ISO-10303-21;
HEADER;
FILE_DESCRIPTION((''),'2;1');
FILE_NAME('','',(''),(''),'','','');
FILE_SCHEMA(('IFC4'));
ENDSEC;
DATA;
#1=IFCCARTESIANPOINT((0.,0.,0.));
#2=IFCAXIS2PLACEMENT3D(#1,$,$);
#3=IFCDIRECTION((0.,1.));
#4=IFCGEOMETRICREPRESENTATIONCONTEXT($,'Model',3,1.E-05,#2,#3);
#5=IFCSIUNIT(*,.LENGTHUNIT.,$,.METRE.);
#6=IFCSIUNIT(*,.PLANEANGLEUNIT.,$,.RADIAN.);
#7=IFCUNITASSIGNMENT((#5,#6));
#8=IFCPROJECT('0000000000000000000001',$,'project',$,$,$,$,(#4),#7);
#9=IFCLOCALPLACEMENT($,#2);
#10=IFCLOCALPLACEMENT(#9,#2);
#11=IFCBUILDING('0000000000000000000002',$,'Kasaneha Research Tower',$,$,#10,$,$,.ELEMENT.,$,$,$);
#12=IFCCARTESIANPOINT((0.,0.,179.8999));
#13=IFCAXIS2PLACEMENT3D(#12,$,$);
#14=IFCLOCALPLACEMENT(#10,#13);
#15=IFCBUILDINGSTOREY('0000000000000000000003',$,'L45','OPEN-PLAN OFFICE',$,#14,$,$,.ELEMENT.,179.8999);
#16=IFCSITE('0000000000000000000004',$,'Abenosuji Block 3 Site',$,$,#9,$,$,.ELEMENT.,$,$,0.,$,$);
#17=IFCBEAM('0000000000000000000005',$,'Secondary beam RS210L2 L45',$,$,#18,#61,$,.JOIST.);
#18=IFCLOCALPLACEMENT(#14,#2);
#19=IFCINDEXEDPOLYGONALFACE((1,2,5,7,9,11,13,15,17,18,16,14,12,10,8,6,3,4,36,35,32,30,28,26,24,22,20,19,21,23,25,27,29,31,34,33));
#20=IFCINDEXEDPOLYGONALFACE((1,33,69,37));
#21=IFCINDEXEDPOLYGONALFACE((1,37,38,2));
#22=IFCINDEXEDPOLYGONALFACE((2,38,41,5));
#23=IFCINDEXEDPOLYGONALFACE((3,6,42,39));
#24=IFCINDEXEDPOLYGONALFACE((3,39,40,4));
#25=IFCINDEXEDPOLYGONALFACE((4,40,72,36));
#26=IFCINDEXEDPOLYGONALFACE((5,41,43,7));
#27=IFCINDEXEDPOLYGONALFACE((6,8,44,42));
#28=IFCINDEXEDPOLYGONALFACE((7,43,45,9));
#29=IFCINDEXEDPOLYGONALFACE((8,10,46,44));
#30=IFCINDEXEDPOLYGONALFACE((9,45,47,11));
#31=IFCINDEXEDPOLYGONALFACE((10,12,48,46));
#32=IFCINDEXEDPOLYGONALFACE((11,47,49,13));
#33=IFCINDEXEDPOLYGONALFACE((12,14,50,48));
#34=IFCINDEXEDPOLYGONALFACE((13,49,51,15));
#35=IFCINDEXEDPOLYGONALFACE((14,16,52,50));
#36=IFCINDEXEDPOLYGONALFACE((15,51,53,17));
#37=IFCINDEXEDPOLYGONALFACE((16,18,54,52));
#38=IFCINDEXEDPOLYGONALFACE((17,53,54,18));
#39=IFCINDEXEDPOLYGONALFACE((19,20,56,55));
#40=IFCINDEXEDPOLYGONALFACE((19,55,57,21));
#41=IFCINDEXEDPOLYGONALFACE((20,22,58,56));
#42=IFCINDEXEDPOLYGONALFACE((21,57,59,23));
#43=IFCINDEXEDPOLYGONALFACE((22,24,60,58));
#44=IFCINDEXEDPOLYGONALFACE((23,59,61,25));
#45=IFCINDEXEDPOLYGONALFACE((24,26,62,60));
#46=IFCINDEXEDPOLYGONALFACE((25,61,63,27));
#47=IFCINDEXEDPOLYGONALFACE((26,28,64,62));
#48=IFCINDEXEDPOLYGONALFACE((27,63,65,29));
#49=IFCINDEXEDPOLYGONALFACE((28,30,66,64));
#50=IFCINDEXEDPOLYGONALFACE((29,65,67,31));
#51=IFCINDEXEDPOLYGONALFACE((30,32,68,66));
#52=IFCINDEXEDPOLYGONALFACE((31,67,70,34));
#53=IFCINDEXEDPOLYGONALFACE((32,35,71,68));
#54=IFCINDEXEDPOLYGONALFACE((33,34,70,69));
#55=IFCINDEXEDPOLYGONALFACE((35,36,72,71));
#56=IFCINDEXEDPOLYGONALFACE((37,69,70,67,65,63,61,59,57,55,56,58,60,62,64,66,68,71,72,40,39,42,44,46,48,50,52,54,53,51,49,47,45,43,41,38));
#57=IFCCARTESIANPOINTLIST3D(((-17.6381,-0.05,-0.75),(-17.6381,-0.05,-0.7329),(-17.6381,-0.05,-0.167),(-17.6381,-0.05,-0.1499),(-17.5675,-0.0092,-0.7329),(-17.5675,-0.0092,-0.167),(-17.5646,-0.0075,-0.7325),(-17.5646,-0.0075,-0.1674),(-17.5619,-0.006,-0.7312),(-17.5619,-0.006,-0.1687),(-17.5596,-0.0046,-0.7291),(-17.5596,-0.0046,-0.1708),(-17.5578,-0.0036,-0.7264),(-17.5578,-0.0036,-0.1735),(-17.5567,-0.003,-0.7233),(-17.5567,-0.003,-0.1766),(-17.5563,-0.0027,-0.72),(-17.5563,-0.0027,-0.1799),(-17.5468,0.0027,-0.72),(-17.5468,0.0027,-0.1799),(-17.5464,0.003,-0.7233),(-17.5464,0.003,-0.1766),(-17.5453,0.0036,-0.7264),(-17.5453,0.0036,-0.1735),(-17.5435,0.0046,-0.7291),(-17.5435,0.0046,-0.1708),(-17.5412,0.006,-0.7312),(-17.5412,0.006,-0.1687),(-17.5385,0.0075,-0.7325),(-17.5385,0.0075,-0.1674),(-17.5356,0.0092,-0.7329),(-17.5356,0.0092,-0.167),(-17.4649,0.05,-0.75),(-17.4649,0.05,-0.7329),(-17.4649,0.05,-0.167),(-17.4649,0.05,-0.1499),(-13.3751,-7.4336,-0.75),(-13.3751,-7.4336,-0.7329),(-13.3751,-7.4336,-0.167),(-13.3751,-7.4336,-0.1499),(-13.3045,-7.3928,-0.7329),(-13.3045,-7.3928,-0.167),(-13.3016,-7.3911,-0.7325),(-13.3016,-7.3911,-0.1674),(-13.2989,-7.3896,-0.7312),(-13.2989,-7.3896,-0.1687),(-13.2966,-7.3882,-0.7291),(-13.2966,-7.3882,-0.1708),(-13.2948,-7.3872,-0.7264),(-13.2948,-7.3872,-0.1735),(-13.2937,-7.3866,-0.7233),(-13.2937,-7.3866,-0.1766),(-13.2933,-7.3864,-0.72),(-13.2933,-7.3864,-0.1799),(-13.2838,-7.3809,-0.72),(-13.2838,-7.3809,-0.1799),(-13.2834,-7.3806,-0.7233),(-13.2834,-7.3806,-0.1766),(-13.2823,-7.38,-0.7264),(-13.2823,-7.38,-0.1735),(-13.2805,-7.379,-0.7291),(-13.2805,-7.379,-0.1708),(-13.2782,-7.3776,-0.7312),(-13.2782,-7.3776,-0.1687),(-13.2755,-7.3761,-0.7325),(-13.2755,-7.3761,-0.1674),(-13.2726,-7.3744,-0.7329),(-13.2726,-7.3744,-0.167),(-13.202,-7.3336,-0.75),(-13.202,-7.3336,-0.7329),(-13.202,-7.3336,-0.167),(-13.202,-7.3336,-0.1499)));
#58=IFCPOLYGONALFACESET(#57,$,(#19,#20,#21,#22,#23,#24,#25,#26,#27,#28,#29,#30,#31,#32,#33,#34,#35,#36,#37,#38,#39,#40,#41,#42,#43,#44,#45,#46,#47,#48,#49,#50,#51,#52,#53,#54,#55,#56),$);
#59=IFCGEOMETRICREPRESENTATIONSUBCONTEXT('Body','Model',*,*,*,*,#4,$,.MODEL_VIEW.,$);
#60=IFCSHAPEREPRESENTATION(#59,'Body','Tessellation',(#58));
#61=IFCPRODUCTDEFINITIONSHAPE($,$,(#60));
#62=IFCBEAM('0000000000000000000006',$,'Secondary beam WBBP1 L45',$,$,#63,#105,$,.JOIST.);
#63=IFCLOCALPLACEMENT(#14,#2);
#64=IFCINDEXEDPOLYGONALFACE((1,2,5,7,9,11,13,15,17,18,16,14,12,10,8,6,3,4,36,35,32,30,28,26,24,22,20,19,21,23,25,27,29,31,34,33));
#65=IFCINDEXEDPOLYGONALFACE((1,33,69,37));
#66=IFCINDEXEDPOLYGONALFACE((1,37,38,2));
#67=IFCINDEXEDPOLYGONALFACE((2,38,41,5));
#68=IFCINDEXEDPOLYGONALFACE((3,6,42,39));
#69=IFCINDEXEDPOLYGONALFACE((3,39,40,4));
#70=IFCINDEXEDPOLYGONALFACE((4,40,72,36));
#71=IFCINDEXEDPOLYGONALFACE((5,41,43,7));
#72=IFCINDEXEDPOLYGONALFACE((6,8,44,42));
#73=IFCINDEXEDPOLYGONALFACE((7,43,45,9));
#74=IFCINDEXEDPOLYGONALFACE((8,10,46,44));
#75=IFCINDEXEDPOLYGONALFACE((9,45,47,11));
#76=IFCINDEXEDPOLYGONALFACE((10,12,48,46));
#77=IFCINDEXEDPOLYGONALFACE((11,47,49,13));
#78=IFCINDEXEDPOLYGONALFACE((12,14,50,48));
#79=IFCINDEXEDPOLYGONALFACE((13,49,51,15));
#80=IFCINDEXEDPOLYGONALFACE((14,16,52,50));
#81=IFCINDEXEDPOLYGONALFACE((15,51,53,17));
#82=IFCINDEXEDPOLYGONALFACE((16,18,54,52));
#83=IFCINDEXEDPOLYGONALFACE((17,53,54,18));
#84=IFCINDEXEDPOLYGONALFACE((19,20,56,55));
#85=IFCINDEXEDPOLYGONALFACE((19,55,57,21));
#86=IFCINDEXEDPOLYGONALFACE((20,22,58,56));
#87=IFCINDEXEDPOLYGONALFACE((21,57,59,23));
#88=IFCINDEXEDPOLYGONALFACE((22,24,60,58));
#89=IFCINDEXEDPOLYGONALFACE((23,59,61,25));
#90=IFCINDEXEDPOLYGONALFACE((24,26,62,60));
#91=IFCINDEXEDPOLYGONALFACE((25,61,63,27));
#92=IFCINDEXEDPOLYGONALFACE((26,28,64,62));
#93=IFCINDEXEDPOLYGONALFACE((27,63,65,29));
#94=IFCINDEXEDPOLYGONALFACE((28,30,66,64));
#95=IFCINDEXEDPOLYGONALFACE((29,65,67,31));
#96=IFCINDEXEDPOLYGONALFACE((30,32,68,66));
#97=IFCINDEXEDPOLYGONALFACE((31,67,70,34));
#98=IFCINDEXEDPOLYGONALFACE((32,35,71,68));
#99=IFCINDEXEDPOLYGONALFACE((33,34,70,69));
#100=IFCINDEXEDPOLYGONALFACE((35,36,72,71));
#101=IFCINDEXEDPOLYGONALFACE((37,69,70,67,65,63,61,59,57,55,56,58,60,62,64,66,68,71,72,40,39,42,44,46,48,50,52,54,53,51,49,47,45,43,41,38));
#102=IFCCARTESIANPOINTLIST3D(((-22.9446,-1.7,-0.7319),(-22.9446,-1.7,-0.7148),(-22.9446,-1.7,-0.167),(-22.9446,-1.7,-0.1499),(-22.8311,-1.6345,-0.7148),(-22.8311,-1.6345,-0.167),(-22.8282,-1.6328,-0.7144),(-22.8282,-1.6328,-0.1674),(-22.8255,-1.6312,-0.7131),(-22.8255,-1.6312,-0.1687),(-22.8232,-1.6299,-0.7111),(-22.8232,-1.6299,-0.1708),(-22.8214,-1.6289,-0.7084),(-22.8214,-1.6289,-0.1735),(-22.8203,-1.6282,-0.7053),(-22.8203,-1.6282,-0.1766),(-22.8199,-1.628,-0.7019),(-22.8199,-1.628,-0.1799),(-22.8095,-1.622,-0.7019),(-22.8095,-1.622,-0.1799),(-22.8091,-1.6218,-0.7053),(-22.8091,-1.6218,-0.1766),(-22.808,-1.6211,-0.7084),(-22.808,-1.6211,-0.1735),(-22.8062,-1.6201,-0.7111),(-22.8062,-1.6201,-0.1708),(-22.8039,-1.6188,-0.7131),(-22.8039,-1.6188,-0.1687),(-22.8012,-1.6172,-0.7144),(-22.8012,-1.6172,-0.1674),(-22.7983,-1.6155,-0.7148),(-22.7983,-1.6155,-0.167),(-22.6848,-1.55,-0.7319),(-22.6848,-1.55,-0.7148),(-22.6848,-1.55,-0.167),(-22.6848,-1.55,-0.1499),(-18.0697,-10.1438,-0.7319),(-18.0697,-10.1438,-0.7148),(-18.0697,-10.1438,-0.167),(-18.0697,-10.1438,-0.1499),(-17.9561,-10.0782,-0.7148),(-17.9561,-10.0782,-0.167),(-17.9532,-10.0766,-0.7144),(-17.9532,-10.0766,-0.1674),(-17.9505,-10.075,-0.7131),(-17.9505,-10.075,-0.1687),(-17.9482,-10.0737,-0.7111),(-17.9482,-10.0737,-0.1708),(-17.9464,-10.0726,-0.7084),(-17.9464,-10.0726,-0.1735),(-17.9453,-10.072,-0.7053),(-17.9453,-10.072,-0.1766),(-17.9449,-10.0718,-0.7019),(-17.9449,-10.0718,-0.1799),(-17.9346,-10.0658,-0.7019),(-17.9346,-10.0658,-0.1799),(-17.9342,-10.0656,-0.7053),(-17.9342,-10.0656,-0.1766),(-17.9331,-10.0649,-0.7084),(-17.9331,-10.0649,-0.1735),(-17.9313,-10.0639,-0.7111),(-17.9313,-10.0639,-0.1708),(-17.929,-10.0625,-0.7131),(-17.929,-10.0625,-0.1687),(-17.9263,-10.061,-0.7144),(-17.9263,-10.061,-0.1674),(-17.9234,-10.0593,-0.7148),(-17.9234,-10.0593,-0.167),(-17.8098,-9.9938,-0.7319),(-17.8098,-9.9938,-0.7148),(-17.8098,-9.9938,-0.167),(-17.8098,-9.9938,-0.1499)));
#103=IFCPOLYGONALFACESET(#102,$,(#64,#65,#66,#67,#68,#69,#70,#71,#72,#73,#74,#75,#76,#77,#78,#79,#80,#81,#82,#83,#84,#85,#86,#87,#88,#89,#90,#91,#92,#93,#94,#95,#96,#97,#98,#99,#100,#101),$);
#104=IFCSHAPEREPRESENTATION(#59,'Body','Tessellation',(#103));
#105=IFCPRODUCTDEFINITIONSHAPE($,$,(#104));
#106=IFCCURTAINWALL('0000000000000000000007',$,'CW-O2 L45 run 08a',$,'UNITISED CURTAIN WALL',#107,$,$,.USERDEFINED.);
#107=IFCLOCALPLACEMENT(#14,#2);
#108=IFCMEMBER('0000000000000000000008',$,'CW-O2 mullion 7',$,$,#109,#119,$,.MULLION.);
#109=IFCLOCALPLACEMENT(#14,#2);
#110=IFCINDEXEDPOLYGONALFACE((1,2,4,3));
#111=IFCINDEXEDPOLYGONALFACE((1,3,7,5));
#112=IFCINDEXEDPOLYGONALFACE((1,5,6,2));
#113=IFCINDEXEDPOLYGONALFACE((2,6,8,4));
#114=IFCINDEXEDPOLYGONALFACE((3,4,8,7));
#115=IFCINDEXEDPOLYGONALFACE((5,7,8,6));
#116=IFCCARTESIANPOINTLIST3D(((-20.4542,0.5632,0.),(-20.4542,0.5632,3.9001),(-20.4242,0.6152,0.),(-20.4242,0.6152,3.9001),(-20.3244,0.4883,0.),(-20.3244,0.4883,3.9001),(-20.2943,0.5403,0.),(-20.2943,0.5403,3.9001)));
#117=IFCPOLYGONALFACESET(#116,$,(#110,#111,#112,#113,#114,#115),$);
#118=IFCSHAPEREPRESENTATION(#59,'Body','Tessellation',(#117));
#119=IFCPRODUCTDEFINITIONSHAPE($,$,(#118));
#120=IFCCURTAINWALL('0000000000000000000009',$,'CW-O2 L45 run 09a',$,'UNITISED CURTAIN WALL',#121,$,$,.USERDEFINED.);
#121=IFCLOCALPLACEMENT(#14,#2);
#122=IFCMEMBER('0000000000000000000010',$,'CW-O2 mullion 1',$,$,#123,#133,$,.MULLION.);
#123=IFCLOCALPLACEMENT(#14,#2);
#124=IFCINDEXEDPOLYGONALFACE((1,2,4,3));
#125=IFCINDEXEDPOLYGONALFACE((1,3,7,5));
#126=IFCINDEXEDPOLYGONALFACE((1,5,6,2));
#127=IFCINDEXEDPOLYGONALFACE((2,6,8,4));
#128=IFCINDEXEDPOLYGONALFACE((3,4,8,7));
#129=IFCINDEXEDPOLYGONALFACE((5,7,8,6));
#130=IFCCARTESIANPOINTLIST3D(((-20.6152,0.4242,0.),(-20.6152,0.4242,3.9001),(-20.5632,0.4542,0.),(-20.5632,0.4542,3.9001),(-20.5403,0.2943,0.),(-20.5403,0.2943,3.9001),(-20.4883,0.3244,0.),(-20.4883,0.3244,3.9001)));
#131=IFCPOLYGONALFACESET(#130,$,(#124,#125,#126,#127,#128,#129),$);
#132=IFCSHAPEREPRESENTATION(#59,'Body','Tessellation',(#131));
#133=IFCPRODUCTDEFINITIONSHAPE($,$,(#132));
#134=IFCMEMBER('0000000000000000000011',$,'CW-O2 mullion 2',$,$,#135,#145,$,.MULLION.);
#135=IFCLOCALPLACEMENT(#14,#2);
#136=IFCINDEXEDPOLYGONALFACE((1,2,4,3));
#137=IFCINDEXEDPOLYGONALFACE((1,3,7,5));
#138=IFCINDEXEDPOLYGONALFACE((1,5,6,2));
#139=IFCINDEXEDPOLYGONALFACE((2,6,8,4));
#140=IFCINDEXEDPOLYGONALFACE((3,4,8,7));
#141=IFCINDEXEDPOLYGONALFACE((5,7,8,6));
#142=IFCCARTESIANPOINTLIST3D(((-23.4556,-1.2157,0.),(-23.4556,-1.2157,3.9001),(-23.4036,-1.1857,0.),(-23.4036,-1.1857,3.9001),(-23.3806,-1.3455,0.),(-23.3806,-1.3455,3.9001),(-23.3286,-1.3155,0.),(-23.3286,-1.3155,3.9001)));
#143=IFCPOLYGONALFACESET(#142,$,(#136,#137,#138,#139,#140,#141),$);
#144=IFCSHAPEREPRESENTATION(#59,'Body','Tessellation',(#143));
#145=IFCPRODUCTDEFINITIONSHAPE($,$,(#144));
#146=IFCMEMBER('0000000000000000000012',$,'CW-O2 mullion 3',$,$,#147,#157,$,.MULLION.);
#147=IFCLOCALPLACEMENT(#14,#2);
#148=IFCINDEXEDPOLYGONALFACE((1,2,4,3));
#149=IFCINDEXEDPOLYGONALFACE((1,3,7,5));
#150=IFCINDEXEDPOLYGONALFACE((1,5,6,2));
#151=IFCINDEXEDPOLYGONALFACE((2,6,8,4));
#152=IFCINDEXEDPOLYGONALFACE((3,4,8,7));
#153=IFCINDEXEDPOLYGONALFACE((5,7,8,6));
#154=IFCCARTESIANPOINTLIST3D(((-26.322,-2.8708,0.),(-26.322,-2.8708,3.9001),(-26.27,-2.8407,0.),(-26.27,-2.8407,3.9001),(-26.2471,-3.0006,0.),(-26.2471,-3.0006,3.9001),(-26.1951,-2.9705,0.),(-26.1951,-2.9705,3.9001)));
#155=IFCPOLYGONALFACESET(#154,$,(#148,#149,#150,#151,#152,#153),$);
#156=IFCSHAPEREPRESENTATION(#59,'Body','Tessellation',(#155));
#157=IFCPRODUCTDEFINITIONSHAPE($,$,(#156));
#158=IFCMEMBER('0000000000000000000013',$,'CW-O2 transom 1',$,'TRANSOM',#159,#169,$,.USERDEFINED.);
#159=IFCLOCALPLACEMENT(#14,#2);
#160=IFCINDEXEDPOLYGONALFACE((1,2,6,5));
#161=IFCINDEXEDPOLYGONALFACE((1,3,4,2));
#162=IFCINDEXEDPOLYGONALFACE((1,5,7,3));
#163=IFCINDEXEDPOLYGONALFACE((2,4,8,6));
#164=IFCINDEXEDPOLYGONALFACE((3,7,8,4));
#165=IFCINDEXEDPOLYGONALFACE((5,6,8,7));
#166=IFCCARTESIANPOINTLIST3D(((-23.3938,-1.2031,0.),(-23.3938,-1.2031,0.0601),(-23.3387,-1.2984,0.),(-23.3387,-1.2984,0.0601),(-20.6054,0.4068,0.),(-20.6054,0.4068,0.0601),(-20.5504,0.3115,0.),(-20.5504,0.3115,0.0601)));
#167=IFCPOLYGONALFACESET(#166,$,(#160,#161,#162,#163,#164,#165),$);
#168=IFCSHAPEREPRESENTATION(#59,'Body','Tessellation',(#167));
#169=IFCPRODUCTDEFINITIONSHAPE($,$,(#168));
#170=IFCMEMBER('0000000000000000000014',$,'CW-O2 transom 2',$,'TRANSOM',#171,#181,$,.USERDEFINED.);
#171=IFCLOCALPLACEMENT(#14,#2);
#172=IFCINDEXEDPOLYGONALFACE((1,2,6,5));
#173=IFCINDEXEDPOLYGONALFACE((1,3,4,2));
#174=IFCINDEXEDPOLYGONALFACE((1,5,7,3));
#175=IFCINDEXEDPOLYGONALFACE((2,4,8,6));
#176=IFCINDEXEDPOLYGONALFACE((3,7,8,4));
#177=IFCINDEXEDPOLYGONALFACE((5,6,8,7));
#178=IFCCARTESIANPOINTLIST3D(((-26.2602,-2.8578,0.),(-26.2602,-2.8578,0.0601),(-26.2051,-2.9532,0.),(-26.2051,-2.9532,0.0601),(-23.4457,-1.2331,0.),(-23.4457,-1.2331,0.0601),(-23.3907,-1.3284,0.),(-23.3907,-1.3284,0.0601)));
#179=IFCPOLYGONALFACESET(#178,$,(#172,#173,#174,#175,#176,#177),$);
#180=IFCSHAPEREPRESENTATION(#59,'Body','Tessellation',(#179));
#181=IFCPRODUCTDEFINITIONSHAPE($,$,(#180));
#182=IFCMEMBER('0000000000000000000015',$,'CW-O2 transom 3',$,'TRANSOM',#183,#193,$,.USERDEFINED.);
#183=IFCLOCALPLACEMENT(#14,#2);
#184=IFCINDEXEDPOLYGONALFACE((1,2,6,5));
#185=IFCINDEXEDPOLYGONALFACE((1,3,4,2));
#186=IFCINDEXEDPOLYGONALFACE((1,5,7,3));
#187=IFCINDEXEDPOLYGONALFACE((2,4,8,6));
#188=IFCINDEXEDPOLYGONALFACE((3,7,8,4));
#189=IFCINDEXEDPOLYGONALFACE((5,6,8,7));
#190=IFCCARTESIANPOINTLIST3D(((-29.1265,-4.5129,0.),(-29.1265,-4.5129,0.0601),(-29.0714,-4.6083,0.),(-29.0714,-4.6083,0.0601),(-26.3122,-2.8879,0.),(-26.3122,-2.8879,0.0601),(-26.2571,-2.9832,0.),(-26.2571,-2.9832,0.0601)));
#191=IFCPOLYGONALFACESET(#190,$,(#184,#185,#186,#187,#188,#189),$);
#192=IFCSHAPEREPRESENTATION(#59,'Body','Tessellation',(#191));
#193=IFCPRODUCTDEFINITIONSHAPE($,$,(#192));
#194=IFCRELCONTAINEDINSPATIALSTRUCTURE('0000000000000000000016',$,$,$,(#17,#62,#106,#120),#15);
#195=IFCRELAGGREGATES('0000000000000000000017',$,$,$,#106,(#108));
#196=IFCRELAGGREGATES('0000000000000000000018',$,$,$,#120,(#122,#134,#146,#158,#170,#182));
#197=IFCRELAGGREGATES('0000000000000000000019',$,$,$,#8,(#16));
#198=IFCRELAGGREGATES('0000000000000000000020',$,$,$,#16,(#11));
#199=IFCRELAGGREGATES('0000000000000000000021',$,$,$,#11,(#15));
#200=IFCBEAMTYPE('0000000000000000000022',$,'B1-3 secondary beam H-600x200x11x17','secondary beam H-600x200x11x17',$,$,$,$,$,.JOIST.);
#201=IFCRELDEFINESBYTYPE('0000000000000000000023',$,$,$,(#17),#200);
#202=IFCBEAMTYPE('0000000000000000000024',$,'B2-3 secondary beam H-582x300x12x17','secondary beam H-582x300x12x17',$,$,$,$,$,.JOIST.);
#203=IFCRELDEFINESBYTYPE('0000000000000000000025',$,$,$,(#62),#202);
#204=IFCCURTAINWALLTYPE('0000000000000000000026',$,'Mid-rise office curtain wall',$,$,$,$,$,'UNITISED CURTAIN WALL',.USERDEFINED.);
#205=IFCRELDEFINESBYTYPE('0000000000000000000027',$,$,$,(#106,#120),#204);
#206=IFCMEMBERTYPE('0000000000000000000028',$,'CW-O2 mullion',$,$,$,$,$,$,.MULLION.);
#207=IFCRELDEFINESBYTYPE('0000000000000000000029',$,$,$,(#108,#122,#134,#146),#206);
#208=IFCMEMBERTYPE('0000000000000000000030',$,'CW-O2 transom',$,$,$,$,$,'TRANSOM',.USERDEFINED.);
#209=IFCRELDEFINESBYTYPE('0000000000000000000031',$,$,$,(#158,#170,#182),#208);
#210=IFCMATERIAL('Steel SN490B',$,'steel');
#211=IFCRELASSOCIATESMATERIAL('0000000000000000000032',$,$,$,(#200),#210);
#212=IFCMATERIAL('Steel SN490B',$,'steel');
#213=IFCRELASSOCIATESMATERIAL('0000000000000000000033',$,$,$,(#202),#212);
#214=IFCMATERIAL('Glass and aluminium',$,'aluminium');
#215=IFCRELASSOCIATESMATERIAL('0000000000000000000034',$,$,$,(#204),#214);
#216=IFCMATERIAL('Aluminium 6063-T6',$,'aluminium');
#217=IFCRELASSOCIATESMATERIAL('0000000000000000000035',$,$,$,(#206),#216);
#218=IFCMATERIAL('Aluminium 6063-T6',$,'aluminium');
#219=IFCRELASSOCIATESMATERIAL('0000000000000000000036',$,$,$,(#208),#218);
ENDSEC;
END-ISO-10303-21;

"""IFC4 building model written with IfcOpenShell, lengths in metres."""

from ifc_helpers import new_model, si_unit, direction, frame, origin, origin_2d, place, context, subcontext, project, spatial, rectangle, i_section, extrude, material, material_profile, profile_set, type_object, element, aggregate, save


model = new_model("IFC4")

# Units and contexts
model_context = context("Model", 3, precision=1e-05, world=origin(), true_north=direction((0.0, 1.0)))
body_context = subcontext(model_context, "Body", "Model", "MODEL_VIEW")
ifc_project = project(units=[si_unit("LENGTHUNIT", "METRE"), si_unit("PLANEANGLEUNIT", "RADIAN")], contexts=[model_context])

# Site, building, storey
site_placement = place(None, origin())
site = spatial("IfcSite", under=ifc_project, at=site_placement, Name="Abenosuji Block 3 Site", CompositionType="ELEMENT", RefElevation=0.0)
building_placement = place(site_placement, origin())
building = spatial("IfcBuilding", under=site, at=building_placement, Name="Kasaneha Research Tower", CompositionType="ELEMENT")
storey_placement = place(building_placement, frame((0.0, 0.0, 179.8999)))
storey = spatial("IfcBuildingStorey", under=building, at=storey_placement, Name="L45", Description="OPEN-PLAN OFFICE", CompositionType="ELEMENT", Elevation=179.8999)

# Beams
ifc_material_1 = material(Name="Steel SN490B", Category="steel")
ifc_material_profile_1 = material_profile(ifc_material_1, i_section(OverallWidth=0.2, OverallDepth=0.6001, WebThickness=0.011, FlangeThickness=0.0171, FilletRadius=0.0129, at=origin_2d()), Name="H-600x200x11x17")
ifc_profile_set_1 = profile_set([ifc_material_profile_1], Name="Steel SN490B")
beam_type_1 = type_object("IfcBeamType", Name="B1-3 secondary beam H-600x200x11x17", Description="secondary beam H-600x200x11x17", PredefinedType="JOIST", material=ifc_profile_set_1)
beam_1_placement = place(storey_placement, frame((-17.5515, 0.0, -0.45), z_axis=(0.500004, -0.866023, 0.0), x_axis=(0.866023, 0.500004, 0.0)))
element("IfcBeam", 1, at=beam_1_placement, inside=storey, type_object=beam_type_1, Name="Secondary beam RS210L2 L45", PredefinedType="JOIST", context=body_context, shape_type="SweptSolid", body=[
    extrude(i_section(OverallWidth=0.2, OverallDepth=0.6001, WebThickness=0.011, FlangeThickness=0.0171, FilletRadius=0.0129, at=origin_2d()), origin(), (0.0, 0.0, 1.0), 8.5259),
])
ifc_material_2 = material(Name="Steel SN490B", Category="steel")
ifc_material_profile_2 = material_profile(ifc_material_2, i_section(OverallWidth=0.3, OverallDepth=0.582, WebThickness=0.012, FlangeThickness=0.0171, FilletRadius=0.0129, at=origin_2d()), Name="H-582x300x12x17")
ifc_profile_set_2 = profile_set([ifc_material_profile_2], Name="Steel SN490B")
beam_type_2 = type_object("IfcBeamType", Name="B2-3 secondary beam H-582x300x12x17", Description="secondary beam H-582x300x12x17", PredefinedType="JOIST", material=ifc_profile_set_2)
beam_2_placement = place(storey_placement, frame((-22.8147, -1.625, -0.4409), z_axis=(0.499996, -0.866028, 0.0), x_axis=(0.866028, 0.499996, 0.0)))
element("IfcBeam", 2, at=beam_2_placement, inside=storey, type_object=beam_type_2, Name="Secondary beam WBBP1 L45", PredefinedType="JOIST", context=body_context, shape_type="SweptSolid", body=[
    extrude(i_section(OverallWidth=0.3, OverallDepth=0.582, WebThickness=0.012, FlangeThickness=0.0171, FilletRadius=0.0129, at=origin_2d()), origin(), (0.0, 0.0, 1.0), 9.75),
])

# Curtain wall, member
ifc_material_3 = material(Name="Glass and aluminium", Category="aluminium")
curtain_wall_type = type_object("IfcCurtainWallType", Name="Mid-rise office curtain wall", ElementType="UNITISED CURTAIN WALL", PredefinedType="USERDEFINED", material=ifc_material_3)
curtain_wall_1_placement = place(storey_placement, origin())
curtain_wall_1 = element("IfcCurtainWall", 3, at=curtain_wall_1_placement, inside=storey, type_object=curtain_wall_type, Name="CW-O2 L45 run 08a", ObjectType="UNITISED CURTAIN WALL", PredefinedType="USERDEFINED")
ifc_material_4 = material(Name="Aluminium 6063-T6", Category="aluminium")
ifc_material_profile_3 = material_profile(ifc_material_4, rectangle(XDim=0.0601, YDim=0.1499, at=origin_2d()), Name="CW-O2 mullion 60x150")
ifc_profile_set_3 = profile_set([ifc_material_profile_3], Name="Aluminium 6063-T6")
member_type_1 = type_object("IfcMemberType", Name="CW-O2 mullion", PredefinedType="MULLION", material=ifc_profile_set_3)
member_1_placement = place(storey_placement, frame((-20.3743, 0.5518, 0.0), z_axis=(0.0, 0.0, 1.0), x_axis=(-0.5, -0.866025, 0.0)))
member_1 = element("IfcMember", 4, at=member_1_placement, type_object=member_type_1, Name="CW-O2 mullion 7", PredefinedType="MULLION", context=body_context, shape_type="SweptSolid", body=[
    extrude(rectangle(XDim=0.0601, YDim=0.1499, at=origin_2d()), origin(), (0.0, 0.0, 1.0), 3.9001),
])
aggregate(curtain_wall_1, [member_1])

# Curtain wall, members
curtain_wall_2_placement = place(storey_placement, origin())
curtain_wall_2 = element("IfcCurtainWall", 5, at=curtain_wall_2_placement, inside=storey, type_object=curtain_wall_type, Name="CW-O2 L45 run 09a", ObjectType="UNITISED CURTAIN WALL", PredefinedType="USERDEFINED")
member_2_placement = place(storey_placement, frame((-20.5518, 0.3743, 0.0), z_axis=(0.0, 0.0, 1.0), x_axis=(-0.866025, -0.5, 0.0)))
member_2 = element("IfcMember", 6, at=member_2_placement, type_object=member_type_1, Name="CW-O2 mullion 1", PredefinedType="MULLION", context=body_context, shape_type="SweptSolid", body=[
    extrude(rectangle(XDim=0.0601, YDim=0.1499, at=origin_2d()), origin(), (0.0, 0.0, 1.0), 3.9001),
])
member_3_placement = place(storey_placement, frame((-23.3921, -1.2656, 0.0), z_axis=(0.0, 0.0, 1.0), x_axis=(-0.866025, -0.5, 0.0)))
member_3 = element("IfcMember", 7, at=member_3_placement, type_object=member_type_1, Name="CW-O2 mullion 2", PredefinedType="MULLION", context=body_context, shape_type="SweptSolid", body=[
    extrude(rectangle(XDim=0.0601, YDim=0.1499, at=origin_2d()), origin(), (0.0, 0.0, 1.0), 3.9001),
])
member_4_placement = place(storey_placement, frame((-26.2585, -2.9207, 0.0), z_axis=(0.0, 0.0, 1.0), x_axis=(-0.866025, -0.5, 0.0)))
member_4 = element("IfcMember", 8, at=member_4_placement, type_object=member_type_1, Name="CW-O2 mullion 3", PredefinedType="MULLION", context=body_context, shape_type="SweptSolid", body=[
    extrude(rectangle(XDim=0.0601, YDim=0.1499, at=origin_2d()), origin(), (0.0, 0.0, 1.0), 3.9001),
])
ifc_material_5 = material(Name="Aluminium 6063-T6", Category="aluminium")
ifc_material_profile_4 = material_profile(ifc_material_5, rectangle(XDim=0.1101, YDim=0.0601, at=origin_2d()), Name="CW-O2 transom 110x60")
ifc_profile_set_4 = profile_set([ifc_material_profile_4], Name="Aluminium 6063-T6")
member_type_2 = type_object("IfcMemberType", Name="CW-O2 transom", ElementType="TRANSOM", PredefinedType="USERDEFINED", material=ifc_profile_set_4)
member_5_placement = place(storey_placement, frame((-20.5779, 0.3591, 0.03), z_axis=(-0.866023, -0.500005, 0.0), x_axis=(0.500005, -0.866023, 0.0)))
member_5 = element("IfcMember", 9, at=member_5_placement, type_object=member_type_2, Name="CW-O2 transom 1", ObjectType="TRANSOM", PredefinedType="USERDEFINED", context=body_context, shape_type="SweptSolid", body=[
    extrude(rectangle(XDim=0.1101, YDim=0.0601, at=origin_2d()), origin(), (0.0, 0.0, 1.0), 3.2197),
])
member_6_placement = place(storey_placement, frame((-23.4182, -1.2808, 0.03), z_axis=(-0.866048, -0.499961, 0.0), x_axis=(0.499961, -0.866048, 0.0)))
member_6 = element("IfcMember", 10, at=member_6_placement, type_object=member_type_2, Name="CW-O2 transom 2", ObjectType="TRANSOM", PredefinedType="USERDEFINED", context=body_context, shape_type="SweptSolid", body=[
    extrude(rectangle(XDim=0.1101, YDim=0.0601, at=origin_2d()), origin(), (0.0, 0.0, 1.0), 3.2498),
])
member_7_placement = place(storey_placement, frame((-26.2847, -2.9355, 0.03), z_axis=(-0.865997, -0.50005, 0.0), x_axis=(0.50005, -0.865997, 0.0)))
member_7 = element("IfcMember", 11, at=member_7_placement, type_object=member_type_2, Name="CW-O2 transom 3", ObjectType="TRANSOM", PredefinedType="USERDEFINED", context=body_context, shape_type="SweptSolid", body=[
    extrude(rectangle(XDim=0.1101, YDim=0.0601, at=origin_2d()), origin(), (0.0, 0.0, 1.0), 3.2498),
])

aggregate(curtain_wall_2, [member_2, member_3, member_4, member_5, member_6, member_7])

save(model, "model.ifc")
